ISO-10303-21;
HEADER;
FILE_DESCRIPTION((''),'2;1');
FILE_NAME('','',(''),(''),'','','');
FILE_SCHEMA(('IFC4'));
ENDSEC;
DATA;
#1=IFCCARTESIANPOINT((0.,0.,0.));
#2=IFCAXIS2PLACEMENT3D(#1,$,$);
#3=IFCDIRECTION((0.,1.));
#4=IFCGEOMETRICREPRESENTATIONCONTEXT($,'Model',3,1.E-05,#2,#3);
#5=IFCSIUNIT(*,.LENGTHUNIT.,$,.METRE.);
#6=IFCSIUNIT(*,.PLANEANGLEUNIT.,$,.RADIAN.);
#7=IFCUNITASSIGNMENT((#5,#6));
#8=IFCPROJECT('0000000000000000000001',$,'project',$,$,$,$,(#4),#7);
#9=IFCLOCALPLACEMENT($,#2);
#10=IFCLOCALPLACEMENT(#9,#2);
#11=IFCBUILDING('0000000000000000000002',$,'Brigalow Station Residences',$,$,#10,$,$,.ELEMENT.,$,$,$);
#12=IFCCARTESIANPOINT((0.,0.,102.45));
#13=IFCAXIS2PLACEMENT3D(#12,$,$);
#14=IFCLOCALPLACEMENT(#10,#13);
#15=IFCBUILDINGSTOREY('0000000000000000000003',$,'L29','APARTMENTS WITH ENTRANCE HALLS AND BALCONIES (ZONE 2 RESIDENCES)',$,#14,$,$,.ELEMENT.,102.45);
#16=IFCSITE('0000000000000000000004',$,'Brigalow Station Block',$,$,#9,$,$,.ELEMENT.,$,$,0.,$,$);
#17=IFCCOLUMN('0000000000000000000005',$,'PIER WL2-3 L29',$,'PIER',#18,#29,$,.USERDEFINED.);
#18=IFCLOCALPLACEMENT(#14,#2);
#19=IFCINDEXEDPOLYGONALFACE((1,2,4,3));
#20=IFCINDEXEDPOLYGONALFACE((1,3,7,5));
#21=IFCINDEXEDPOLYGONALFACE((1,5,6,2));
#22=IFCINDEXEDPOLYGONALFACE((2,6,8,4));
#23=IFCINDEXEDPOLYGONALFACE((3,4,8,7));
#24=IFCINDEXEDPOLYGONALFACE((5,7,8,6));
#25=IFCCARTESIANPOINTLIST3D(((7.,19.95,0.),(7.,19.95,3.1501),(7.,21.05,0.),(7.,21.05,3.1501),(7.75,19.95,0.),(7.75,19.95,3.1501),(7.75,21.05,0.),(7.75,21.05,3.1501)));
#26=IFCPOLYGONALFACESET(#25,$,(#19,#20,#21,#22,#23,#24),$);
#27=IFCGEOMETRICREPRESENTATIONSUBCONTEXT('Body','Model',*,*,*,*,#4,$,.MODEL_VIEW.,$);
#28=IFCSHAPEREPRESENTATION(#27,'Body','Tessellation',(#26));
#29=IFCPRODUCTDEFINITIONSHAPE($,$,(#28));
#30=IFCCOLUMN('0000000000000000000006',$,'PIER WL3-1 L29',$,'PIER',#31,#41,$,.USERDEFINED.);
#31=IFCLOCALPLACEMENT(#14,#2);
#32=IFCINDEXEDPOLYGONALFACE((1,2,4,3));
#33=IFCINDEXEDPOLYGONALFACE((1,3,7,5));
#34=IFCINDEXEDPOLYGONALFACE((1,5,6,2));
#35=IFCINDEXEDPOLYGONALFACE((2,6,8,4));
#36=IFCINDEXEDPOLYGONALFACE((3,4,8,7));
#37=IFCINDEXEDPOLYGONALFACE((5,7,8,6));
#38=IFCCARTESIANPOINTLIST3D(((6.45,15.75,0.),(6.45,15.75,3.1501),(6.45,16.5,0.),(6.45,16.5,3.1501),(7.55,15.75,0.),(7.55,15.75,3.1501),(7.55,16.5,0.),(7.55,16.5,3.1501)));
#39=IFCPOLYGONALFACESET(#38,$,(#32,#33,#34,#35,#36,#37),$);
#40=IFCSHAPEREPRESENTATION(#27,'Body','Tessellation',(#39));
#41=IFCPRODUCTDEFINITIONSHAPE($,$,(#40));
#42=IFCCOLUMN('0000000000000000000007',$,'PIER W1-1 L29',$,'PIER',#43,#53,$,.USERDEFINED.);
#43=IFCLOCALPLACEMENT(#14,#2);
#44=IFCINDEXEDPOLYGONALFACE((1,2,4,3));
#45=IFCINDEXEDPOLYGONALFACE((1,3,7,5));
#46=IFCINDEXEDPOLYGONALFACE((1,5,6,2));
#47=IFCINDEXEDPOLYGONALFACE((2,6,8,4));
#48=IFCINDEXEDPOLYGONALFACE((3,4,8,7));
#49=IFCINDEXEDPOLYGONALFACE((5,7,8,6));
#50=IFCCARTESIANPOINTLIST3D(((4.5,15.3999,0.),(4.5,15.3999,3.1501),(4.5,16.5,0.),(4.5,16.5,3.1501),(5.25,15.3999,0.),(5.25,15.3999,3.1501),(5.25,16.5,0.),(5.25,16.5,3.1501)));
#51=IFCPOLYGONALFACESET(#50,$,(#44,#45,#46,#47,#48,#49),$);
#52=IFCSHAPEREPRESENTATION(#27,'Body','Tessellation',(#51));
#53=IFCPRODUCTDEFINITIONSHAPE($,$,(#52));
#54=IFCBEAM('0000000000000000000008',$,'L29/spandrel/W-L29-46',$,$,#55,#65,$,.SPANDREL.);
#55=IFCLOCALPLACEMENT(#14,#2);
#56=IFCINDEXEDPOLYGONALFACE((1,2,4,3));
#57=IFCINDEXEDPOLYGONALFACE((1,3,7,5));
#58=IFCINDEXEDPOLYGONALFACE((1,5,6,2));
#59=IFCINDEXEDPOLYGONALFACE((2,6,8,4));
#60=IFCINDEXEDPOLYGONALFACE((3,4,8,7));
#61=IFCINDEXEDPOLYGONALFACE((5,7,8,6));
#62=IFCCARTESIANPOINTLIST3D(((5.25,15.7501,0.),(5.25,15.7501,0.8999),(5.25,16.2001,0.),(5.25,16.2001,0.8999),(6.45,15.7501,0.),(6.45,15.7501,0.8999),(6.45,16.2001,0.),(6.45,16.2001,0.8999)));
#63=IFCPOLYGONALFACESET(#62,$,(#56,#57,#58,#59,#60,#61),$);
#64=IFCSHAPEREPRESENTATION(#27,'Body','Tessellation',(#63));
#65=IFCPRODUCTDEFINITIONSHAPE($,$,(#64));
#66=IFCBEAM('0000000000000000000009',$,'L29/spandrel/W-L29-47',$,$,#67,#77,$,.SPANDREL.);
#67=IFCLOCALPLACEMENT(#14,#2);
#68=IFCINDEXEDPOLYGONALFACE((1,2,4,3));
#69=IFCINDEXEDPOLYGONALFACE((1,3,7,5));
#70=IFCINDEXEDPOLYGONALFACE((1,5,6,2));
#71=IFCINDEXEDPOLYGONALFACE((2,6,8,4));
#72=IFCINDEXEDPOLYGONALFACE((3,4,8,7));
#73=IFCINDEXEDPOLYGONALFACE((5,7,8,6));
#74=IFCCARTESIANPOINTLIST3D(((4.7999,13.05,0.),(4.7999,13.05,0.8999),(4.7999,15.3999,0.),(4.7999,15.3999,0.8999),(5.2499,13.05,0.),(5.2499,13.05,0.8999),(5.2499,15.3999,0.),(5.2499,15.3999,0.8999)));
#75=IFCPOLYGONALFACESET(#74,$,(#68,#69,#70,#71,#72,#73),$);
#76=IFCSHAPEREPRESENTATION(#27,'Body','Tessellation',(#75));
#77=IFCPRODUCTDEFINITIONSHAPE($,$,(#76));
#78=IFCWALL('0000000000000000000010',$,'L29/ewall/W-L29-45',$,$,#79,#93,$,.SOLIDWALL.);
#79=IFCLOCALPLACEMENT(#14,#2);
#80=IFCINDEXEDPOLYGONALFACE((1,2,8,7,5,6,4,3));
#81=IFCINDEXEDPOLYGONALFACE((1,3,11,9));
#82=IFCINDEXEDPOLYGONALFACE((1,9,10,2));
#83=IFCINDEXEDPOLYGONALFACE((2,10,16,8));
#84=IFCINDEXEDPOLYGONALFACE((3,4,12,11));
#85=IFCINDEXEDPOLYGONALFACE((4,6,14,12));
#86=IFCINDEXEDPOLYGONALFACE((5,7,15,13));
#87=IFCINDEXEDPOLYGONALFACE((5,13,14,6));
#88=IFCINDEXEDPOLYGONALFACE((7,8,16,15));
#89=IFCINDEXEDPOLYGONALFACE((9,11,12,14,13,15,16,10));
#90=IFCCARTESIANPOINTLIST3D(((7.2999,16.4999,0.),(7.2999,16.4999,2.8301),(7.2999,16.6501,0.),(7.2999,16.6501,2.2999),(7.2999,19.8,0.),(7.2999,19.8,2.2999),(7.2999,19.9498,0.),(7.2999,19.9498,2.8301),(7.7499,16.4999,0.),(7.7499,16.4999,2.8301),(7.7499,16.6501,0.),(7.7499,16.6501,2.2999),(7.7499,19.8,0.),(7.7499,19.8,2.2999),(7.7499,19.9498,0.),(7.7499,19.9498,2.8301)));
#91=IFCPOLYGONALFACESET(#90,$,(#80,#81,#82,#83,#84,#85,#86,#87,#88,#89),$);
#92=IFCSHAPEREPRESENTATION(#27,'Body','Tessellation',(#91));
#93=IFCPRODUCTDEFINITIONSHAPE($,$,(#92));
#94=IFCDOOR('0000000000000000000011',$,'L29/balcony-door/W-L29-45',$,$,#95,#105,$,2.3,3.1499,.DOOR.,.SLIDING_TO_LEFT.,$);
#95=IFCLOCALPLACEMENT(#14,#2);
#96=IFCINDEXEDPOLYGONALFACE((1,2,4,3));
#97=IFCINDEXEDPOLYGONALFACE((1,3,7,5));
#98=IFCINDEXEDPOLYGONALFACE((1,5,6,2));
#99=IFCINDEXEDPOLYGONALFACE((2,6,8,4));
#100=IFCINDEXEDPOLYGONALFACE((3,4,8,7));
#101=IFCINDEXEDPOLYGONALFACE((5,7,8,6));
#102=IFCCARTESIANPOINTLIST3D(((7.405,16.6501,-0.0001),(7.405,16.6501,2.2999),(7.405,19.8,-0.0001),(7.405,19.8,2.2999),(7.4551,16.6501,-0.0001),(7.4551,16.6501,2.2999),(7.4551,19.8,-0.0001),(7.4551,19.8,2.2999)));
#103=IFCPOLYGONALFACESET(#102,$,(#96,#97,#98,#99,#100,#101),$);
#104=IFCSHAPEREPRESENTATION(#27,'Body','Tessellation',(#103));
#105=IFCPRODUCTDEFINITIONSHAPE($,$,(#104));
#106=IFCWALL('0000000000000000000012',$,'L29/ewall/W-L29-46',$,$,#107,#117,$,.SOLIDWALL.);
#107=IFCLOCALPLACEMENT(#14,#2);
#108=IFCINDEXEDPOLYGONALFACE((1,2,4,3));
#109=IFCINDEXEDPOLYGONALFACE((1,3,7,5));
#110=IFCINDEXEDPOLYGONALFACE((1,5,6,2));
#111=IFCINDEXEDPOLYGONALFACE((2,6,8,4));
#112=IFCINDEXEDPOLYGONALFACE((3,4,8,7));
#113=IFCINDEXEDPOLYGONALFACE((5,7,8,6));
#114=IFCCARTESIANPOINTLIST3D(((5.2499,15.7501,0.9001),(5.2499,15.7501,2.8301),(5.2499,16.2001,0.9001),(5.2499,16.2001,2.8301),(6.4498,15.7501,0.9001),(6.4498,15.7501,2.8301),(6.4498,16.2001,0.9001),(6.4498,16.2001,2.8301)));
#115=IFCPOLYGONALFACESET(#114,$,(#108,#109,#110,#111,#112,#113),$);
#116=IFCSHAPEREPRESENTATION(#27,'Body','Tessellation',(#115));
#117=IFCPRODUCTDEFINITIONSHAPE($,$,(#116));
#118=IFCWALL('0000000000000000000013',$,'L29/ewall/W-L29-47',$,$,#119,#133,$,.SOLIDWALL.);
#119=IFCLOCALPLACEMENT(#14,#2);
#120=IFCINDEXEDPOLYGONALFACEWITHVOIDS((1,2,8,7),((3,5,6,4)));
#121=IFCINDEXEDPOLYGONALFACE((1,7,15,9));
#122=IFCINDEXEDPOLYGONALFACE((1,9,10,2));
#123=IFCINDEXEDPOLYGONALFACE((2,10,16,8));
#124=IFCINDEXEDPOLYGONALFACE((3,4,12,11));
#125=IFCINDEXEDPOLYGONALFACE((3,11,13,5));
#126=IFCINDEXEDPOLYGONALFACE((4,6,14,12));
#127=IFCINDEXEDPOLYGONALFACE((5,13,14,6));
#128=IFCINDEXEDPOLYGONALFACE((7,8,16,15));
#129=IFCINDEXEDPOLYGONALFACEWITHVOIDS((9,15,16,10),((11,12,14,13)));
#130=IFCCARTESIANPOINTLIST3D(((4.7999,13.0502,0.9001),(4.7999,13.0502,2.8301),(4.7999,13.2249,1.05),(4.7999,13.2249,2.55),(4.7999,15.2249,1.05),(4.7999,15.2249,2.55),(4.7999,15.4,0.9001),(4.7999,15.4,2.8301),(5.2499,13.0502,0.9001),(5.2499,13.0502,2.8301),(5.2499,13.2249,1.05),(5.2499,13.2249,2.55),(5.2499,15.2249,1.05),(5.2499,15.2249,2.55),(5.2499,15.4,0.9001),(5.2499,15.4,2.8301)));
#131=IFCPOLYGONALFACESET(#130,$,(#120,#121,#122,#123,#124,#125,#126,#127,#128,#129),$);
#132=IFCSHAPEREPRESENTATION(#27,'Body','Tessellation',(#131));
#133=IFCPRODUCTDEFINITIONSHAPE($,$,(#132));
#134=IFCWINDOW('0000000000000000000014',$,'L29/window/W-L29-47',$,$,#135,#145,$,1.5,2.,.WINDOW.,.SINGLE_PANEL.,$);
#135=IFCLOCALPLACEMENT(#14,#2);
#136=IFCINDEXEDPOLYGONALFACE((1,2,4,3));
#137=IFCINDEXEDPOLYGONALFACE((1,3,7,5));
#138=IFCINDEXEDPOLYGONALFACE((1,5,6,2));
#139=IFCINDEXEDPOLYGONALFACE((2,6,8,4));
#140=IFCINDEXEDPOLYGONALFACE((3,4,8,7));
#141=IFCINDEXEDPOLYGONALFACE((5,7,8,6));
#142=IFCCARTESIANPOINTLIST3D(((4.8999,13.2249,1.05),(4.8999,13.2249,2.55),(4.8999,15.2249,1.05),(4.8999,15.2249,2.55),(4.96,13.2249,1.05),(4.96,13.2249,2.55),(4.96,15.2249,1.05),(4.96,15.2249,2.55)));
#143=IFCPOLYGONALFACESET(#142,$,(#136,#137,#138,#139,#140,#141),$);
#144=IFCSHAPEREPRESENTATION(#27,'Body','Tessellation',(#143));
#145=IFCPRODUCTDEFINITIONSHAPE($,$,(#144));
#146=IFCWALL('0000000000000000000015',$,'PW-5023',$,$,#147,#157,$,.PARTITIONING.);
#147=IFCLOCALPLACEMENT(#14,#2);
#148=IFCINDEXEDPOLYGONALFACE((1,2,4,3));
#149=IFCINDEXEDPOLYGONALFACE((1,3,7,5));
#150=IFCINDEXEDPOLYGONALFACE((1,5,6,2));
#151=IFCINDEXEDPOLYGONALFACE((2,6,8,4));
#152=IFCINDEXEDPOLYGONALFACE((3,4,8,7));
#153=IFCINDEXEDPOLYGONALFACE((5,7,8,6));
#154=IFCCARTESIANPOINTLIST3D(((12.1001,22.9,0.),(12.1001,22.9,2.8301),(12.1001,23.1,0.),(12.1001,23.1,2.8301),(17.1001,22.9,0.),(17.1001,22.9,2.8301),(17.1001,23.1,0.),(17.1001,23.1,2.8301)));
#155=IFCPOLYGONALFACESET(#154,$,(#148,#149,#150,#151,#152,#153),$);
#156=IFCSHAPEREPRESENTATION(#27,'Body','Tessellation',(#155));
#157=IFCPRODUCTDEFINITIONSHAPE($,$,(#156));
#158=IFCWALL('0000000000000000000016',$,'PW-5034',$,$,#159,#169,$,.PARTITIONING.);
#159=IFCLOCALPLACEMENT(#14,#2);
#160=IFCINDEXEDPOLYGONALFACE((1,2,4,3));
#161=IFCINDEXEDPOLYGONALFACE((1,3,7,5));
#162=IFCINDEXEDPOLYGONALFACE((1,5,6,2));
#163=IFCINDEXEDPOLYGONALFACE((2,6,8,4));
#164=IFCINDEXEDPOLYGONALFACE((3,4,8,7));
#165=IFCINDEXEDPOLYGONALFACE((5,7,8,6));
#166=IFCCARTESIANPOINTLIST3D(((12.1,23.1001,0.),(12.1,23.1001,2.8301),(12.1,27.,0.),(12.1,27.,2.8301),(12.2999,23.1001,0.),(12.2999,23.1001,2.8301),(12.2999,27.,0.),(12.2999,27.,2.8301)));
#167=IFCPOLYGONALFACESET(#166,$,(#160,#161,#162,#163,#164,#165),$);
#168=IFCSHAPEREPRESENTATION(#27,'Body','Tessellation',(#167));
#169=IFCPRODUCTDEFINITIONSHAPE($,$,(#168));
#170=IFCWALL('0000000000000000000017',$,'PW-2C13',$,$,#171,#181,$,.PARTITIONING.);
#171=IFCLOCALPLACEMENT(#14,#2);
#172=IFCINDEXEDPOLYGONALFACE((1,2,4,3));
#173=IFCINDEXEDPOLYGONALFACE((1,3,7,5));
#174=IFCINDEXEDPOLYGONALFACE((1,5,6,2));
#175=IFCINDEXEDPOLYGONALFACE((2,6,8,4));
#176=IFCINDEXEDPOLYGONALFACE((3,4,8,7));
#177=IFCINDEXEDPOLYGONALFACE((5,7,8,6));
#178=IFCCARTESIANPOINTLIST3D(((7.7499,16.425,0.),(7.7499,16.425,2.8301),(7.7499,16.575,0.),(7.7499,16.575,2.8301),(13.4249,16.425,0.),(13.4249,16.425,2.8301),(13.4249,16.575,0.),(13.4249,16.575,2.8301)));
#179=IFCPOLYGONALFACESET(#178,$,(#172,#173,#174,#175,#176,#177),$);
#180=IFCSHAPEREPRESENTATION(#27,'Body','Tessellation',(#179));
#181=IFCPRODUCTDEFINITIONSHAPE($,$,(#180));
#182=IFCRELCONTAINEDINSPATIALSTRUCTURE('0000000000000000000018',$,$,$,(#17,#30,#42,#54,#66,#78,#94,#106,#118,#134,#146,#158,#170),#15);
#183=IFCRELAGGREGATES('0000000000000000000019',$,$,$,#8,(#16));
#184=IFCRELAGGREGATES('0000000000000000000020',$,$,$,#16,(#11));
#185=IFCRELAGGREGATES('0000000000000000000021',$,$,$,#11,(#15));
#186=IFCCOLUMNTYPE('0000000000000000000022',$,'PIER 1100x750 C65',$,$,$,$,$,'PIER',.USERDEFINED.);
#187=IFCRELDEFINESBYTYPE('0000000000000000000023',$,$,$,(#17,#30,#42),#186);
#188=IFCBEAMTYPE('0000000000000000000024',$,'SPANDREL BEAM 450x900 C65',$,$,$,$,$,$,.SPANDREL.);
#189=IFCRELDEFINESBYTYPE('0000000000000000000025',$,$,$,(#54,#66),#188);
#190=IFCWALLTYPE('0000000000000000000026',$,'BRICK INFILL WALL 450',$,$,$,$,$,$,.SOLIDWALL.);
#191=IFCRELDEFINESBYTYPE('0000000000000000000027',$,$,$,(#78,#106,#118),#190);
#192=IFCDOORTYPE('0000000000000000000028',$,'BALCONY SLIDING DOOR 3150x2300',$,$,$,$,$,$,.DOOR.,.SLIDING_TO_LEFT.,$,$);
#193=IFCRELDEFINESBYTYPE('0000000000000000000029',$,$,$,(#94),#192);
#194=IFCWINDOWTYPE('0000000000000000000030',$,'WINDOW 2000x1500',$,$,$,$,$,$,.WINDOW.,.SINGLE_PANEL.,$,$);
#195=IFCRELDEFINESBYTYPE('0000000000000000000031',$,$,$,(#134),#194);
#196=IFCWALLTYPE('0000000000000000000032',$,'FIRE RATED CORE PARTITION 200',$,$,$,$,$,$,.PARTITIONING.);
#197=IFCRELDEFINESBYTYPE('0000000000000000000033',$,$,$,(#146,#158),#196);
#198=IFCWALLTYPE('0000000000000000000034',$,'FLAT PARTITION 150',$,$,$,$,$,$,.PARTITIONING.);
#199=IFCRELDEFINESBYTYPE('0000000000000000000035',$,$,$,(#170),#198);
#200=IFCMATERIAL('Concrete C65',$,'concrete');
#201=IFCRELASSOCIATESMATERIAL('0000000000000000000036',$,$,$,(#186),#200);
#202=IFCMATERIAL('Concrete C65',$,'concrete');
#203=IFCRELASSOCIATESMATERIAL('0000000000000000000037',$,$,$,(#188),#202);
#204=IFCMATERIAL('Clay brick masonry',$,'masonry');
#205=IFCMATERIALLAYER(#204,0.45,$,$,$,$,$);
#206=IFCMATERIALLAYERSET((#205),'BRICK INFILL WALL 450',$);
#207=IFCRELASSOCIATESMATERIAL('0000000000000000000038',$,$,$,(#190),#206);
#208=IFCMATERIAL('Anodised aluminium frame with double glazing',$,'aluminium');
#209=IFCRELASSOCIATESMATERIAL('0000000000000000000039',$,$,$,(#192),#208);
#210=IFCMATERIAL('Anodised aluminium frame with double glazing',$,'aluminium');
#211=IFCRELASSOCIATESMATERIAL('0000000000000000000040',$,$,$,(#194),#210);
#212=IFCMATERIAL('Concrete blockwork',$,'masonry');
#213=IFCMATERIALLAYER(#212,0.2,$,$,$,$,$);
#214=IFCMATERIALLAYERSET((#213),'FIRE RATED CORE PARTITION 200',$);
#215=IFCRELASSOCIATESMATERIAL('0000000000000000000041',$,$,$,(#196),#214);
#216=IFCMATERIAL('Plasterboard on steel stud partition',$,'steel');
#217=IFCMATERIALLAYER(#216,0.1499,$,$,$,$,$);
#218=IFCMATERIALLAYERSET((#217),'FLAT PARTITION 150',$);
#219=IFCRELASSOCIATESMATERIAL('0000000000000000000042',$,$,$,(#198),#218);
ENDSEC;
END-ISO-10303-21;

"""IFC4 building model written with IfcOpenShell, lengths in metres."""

from ifc_helpers import new_model, si_unit, direction, frame, frame_2d, origin, origin_2d, place, context, subcontext, project, spatial, rectangle, extrude, material, layer, layer_set, material_profile, profile_set, type_object, element, fill, save


model = new_model("IFC4")

# Units and contexts
model_context = context("Model", 3, precision=1e-05, world=origin(), true_north=direction((0.0, 1.0)))
body_context = subcontext(model_context, "Body", "Model", "MODEL_VIEW")
ifc_project = project(units=[si_unit("LENGTHUNIT", "METRE"), si_unit("PLANEANGLEUNIT", "RADIAN")], contexts=[model_context])

# Site, building, storey
site_placement = place(None, origin())
site = spatial("IfcSite", under=ifc_project, at=site_placement, Name="Brigalow Station Block", CompositionType="ELEMENT", RefElevation=0.0)
building_placement = place(site_placement, origin())
building = spatial("IfcBuilding", under=site, at=building_placement, Name="Brigalow Station Residences", CompositionType="ELEMENT")
storey_placement = place(building_placement, frame((0.0, 0.0, 102.45)))
storey = spatial("IfcBuildingStorey", under=building, at=storey_placement, Name="L29", Description="APARTMENTS WITH ENTRANCE HALLS AND BALCONIES (ZONE 2 RESIDENCES)", CompositionType="ELEMENT", Elevation=102.45)

# Columns
ifc_material_1 = material(Name="Concrete C65", Category="concrete")
ifc_material_profile_1 = material_profile(ifc_material_1, rectangle(XDim=1.1001, YDim=0.75, at=origin_2d()), Name="RC1100x750")
ifc_profile_set_1 = profile_set([ifc_material_profile_1], Name="Concrete C65")
column_type = type_object("IfcColumnType", Name="PIER 1100x750 C65", ElementType="PIER", PredefinedType="USERDEFINED", material=ifc_profile_set_1)
for number, where, z_axis, x_axis, name in (
    (1, (7.375, 20.5, 0.0), (0.0, 0.0, 1.0), (0.0, -1.0, 0.0), "PIER WL2-3 L29"),
    (2, (7.0, 16.125, 0.0), (0.0, 0.0, 1.0), (-1.0, 0.0, 0.0), "PIER WL3-1 L29"),
    (3, (4.875, 15.95, 0.0), (0.0, 0.0, 1.0), (0.0, -1.0, 0.0), "PIER W1-1 L29"),
):
    element("IfcColumn", number, at=place(storey_placement, frame(where, z_axis=z_axis, x_axis=x_axis)), inside=storey, type_object=column_type, Name=name, ObjectType="PIER", PredefinedType="USERDEFINED", context=body_context, shape_type="SweptSolid", body=[
        extrude(rectangle(XDim=1.1001, YDim=0.75, at=origin_2d()), origin(), (0.0, 0.0, 1.0), 3.1501),
    ])

# Beams
ifc_material_2 = material(Name="Concrete C65", Category="concrete")
ifc_material_profile_2 = material_profile(ifc_material_2, rectangle(XDim=0.45, YDim=0.8999, at=origin_2d()), Name="RC450x900")
ifc_profile_set_2 = profile_set([ifc_material_profile_2], Name="Concrete C65")
beam_type = type_object("IfcBeamType", Name="SPANDREL BEAM 450x900 C65", PredefinedType="SPANDREL", material=ifc_profile_set_2)
beam_1_placement = place(storey_placement, frame((6.45, 15.9751, 0.45), z_axis=(-1.0, 0.0, 0.0), x_axis=(0.0, -1.0, 0.0)))
element("IfcBeam", 4, at=beam_1_placement, inside=storey, type_object=beam_type, Name="L29/spandrel/W-L29-46", PredefinedType="SPANDREL", context=body_context, shape_type="SweptSolid", body=[
    extrude(rectangle(XDim=0.45, YDim=0.8999, at=origin_2d()), origin(), (0.0, 0.0, 1.0), 1.2),
])
beam_2_placement = place(storey_placement, frame((5.0249, 15.3999, 0.45), z_axis=(0.0, -1.0, 0.0), x_axis=(1.0, 0.0, 0.0)))
element("IfcBeam", 5, at=beam_2_placement, inside=storey, type_object=beam_type, Name="L29/spandrel/W-L29-47", PredefinedType="SPANDREL", context=body_context, shape_type="SweptSolid", body=[
    extrude(rectangle(XDim=0.45, YDim=0.8999, at=origin_2d()), origin(), (0.0, 0.0, 1.0), 2.3499),
])

# Wall, opening, door
ifc_material_3 = material(Name="Clay brick masonry", Category="masonry")
ifc_layer_1 = layer(ifc_material_3, 0.45)
ifc_layer_set_1 = layer_set([ifc_layer_1], Name="BRICK INFILL WALL 450")
wall_type_1 = type_object("IfcWallType", Name="BRICK INFILL WALL 450", PredefinedType="SOLIDWALL", material=ifc_layer_set_1)
wall_1_placement = place(storey_placement, frame((7.5249, 19.95, 0.0), z_axis=(0.0, 0.0, 1.0), x_axis=(0.0, -1.0, 0.0)))
wall_1 = element("IfcWall", 6, at=wall_1_placement, inside=storey, type_object=wall_type_1, Name="L29/ewall/W-L29-45", PredefinedType="SOLIDWALL", context=body_context, shape_type="SweptSolid", body=[
    extrude(rectangle(XDim=3.45, YDim=0.45, at=frame_2d((1.7251, 0.0))), origin(), (0.0, 0.0, 1.0), 2.8301),
])
opening_1_placement = place(wall_1_placement, frame((0.1499, 0.0, 0.0)))
opening_1 = element("IfcOpeningElement", 7, at=opening_1_placement, cuts=wall_1, PredefinedType="OPENING", context=body_context, shape_type="SweptSolid", body=[
    extrude(rectangle(XDim=3.1499, YDim=2.3, at=frame_2d((1.575, 1.1499))), frame((0.0, 0.2349, 0.0), z_axis=(0.0, -1.0, 0.0), x_axis=(1.0, 0.0, 0.0)), (0.0, 0.0, 1.0), 0.47),
])
ifc_material_4 = material(Name="Anodised aluminium frame with double glazing", Category="aluminium")
door_type_1 = type_object("IfcDoorType", Name="BALCONY SLIDING DOOR 3150x2300", OperationType="SLIDING_TO_LEFT", PredefinedType="DOOR", material=ifc_material_4)
door_1_placement = place(opening_1_placement, origin())
door_1 = element("IfcDoor", 8, at=door_1_placement, inside=storey, type_object=door_type_1, Name="L29/balcony-door/W-L29-45", OperationType="SLIDING_TO_LEFT", OverallHeight=2.3, OverallWidth=3.1499, PredefinedType="DOOR", context=body_context, shape_type="SweptSolid", body=[
    extrude(rectangle(XDim=3.1499, YDim=2.3, at=frame_2d((1.575, 1.1499))), frame((0.0, -0.0698, 0.0), z_axis=(0.0, -1.0, 0.0), x_axis=(1.0, 0.0, 0.0)), (0.0, 0.0, 1.0), 0.05),
])
fill(opening_1, door_1)

# Wall
wall_2_placement = place(storey_placement, frame((6.45, 15.9751, 0.9001), z_axis=(0.0, 0.0, 1.0), x_axis=(-1.0, 0.0, 0.0)))
element("IfcWall", 9, at=wall_2_placement, inside=storey, type_object=wall_type_1, Name="L29/ewall/W-L29-46", PredefinedType="SOLIDWALL", context=body_context, shape_type="SweptSolid", body=[
    extrude(rectangle(XDim=1.2, YDim=0.45, at=frame_2d((0.6001, 0.0))), origin(), (0.0, 0.0, 1.0), 1.9299),
])

# Wall, opening, window
wall_3_placement = place(storey_placement, frame((5.0249, 15.3999, 0.9001), z_axis=(0.0, 0.0, 1.0), x_axis=(0.0, -1.0, 0.0)))
wall_3 = element("IfcWall", 10, at=wall_3_placement, inside=storey, type_object=wall_type_1, Name="L29/ewall/W-L29-47", PredefinedType="SOLIDWALL", context=body_context, shape_type="SweptSolid", body=[
    extrude(rectangle(XDim=2.3499, YDim=0.45, at=frame_2d((1.1748, 0.0))), origin(), (0.0, 0.0, 1.0), 1.9299),
])
opening_2_placement = place(wall_3_placement, frame((0.175, 0.0, 0.1499)))
opening_2 = element("IfcOpeningElement", 11, at=opening_2_placement, cuts=wall_3, PredefinedType="OPENING", context=body_context, shape_type="SweptSolid", body=[
    extrude(rectangle(XDim=2.0, YDim=1.5, at=frame_2d((1.0, 0.75))), frame((0.0, 0.2349, 0.0), z_axis=(0.0, -1.0, 0.0), x_axis=(1.0, 0.0, 0.0)), (0.0, 0.0, 1.0), 0.47),
])
ifc_material_5 = material(Name="Anodised aluminium frame with double glazing", Category="aluminium")
window_type = type_object("IfcWindowType", Name="WINDOW 2000x1500", PartitioningType="SINGLE_PANEL", PredefinedType="WINDOW", material=ifc_material_5)
window_placement = place(opening_2_placement, origin())
window = element("IfcWindow", 12, at=window_placement, inside=storey, type_object=window_type, Name="L29/window/W-L29-47", OverallHeight=1.5, OverallWidth=2.0, PartitioningType="SINGLE_PANEL", PredefinedType="WINDOW", context=body_context, shape_type="SweptSolid", body=[
    extrude(rectangle(XDim=2.0, YDim=1.5, at=frame_2d((1.0, 0.75))), frame((0.0, -0.0649, 0.0), z_axis=(0.0, -1.0, 0.0), x_axis=(1.0, 0.0, 0.0)), (0.0, 0.0, 1.0), 0.0601),
])
fill(opening_2, window)

# Walls
ifc_material_6 = material(Name="Concrete blockwork", Category="masonry")
ifc_layer_2 = layer(ifc_material_6, 0.2)
ifc_layer_set_2 = layer_set([ifc_layer_2], Name="FIRE RATED CORE PARTITION 200")
wall_type_2 = type_object("IfcWallType", Name="FIRE RATED CORE PARTITION 200", PredefinedType="PARTITIONING", material=ifc_layer_set_2)
wall_4_placement = place(storey_placement, frame((12.1001, 23.0, 0.0), z_axis=(0.0, 0.0, 1.0), x_axis=(1.0, 0.0, 0.0)))
element("IfcWall", 13, at=wall_4_placement, inside=storey, type_object=wall_type_2, Name="PW-5023", PredefinedType="PARTITIONING", context=body_context, shape_type="SweptSolid", body=[
    extrude(rectangle(XDim=5.0, YDim=0.2, at=frame_2d((2.5, 0.0))), origin(), (0.0, 0.0, 1.0), 2.8301),
])
wall_5_placement = place(storey_placement, frame((12.2, 23.1001, 0.0), z_axis=(0.0, 0.0, 1.0), x_axis=(0.0, 1.0, 0.0)))
element("IfcWall", 14, at=wall_5_placement, inside=storey, type_object=wall_type_2, Name="PW-5034", PredefinedType="PARTITIONING", context=body_context, shape_type="SweptSolid", body=[
    extrude(rectangle(XDim=3.8999, YDim=0.2, at=frame_2d((1.95, 0.0))), origin(), (0.0, 0.0, 1.0), 2.8301),
])
ifc_material_7 = material(Name="Plasterboard on steel stud partition", Category="steel")
ifc_layer_3 = layer(ifc_material_7, 0.1499)
ifc_layer_set_3 = layer_set([ifc_layer_3], Name="FLAT PARTITION 150")
wall_type_3 = type_object("IfcWallType", Name="FLAT PARTITION 150", PredefinedType="PARTITIONING", material=ifc_layer_set_3)
wall_6_placement = place(storey_placement, frame((7.75, 16.5, 0.0), z_axis=(0.0, 0.0, 1.0), x_axis=(1.0, 0.0, 0.0)))
element("IfcWall", 15, at=wall_6_placement, inside=storey, type_object=wall_type_3, Name="PW-2C13", PredefinedType="PARTITIONING", context=body_context, shape_type="SweptSolid", body=[
    extrude(rectangle(XDim=5.675, YDim=0.1499, at=frame_2d((2.8374, 0.0))), origin(), (0.0, 0.0, 1.0), 2.8301),
])

save(model, "model.ifc")
